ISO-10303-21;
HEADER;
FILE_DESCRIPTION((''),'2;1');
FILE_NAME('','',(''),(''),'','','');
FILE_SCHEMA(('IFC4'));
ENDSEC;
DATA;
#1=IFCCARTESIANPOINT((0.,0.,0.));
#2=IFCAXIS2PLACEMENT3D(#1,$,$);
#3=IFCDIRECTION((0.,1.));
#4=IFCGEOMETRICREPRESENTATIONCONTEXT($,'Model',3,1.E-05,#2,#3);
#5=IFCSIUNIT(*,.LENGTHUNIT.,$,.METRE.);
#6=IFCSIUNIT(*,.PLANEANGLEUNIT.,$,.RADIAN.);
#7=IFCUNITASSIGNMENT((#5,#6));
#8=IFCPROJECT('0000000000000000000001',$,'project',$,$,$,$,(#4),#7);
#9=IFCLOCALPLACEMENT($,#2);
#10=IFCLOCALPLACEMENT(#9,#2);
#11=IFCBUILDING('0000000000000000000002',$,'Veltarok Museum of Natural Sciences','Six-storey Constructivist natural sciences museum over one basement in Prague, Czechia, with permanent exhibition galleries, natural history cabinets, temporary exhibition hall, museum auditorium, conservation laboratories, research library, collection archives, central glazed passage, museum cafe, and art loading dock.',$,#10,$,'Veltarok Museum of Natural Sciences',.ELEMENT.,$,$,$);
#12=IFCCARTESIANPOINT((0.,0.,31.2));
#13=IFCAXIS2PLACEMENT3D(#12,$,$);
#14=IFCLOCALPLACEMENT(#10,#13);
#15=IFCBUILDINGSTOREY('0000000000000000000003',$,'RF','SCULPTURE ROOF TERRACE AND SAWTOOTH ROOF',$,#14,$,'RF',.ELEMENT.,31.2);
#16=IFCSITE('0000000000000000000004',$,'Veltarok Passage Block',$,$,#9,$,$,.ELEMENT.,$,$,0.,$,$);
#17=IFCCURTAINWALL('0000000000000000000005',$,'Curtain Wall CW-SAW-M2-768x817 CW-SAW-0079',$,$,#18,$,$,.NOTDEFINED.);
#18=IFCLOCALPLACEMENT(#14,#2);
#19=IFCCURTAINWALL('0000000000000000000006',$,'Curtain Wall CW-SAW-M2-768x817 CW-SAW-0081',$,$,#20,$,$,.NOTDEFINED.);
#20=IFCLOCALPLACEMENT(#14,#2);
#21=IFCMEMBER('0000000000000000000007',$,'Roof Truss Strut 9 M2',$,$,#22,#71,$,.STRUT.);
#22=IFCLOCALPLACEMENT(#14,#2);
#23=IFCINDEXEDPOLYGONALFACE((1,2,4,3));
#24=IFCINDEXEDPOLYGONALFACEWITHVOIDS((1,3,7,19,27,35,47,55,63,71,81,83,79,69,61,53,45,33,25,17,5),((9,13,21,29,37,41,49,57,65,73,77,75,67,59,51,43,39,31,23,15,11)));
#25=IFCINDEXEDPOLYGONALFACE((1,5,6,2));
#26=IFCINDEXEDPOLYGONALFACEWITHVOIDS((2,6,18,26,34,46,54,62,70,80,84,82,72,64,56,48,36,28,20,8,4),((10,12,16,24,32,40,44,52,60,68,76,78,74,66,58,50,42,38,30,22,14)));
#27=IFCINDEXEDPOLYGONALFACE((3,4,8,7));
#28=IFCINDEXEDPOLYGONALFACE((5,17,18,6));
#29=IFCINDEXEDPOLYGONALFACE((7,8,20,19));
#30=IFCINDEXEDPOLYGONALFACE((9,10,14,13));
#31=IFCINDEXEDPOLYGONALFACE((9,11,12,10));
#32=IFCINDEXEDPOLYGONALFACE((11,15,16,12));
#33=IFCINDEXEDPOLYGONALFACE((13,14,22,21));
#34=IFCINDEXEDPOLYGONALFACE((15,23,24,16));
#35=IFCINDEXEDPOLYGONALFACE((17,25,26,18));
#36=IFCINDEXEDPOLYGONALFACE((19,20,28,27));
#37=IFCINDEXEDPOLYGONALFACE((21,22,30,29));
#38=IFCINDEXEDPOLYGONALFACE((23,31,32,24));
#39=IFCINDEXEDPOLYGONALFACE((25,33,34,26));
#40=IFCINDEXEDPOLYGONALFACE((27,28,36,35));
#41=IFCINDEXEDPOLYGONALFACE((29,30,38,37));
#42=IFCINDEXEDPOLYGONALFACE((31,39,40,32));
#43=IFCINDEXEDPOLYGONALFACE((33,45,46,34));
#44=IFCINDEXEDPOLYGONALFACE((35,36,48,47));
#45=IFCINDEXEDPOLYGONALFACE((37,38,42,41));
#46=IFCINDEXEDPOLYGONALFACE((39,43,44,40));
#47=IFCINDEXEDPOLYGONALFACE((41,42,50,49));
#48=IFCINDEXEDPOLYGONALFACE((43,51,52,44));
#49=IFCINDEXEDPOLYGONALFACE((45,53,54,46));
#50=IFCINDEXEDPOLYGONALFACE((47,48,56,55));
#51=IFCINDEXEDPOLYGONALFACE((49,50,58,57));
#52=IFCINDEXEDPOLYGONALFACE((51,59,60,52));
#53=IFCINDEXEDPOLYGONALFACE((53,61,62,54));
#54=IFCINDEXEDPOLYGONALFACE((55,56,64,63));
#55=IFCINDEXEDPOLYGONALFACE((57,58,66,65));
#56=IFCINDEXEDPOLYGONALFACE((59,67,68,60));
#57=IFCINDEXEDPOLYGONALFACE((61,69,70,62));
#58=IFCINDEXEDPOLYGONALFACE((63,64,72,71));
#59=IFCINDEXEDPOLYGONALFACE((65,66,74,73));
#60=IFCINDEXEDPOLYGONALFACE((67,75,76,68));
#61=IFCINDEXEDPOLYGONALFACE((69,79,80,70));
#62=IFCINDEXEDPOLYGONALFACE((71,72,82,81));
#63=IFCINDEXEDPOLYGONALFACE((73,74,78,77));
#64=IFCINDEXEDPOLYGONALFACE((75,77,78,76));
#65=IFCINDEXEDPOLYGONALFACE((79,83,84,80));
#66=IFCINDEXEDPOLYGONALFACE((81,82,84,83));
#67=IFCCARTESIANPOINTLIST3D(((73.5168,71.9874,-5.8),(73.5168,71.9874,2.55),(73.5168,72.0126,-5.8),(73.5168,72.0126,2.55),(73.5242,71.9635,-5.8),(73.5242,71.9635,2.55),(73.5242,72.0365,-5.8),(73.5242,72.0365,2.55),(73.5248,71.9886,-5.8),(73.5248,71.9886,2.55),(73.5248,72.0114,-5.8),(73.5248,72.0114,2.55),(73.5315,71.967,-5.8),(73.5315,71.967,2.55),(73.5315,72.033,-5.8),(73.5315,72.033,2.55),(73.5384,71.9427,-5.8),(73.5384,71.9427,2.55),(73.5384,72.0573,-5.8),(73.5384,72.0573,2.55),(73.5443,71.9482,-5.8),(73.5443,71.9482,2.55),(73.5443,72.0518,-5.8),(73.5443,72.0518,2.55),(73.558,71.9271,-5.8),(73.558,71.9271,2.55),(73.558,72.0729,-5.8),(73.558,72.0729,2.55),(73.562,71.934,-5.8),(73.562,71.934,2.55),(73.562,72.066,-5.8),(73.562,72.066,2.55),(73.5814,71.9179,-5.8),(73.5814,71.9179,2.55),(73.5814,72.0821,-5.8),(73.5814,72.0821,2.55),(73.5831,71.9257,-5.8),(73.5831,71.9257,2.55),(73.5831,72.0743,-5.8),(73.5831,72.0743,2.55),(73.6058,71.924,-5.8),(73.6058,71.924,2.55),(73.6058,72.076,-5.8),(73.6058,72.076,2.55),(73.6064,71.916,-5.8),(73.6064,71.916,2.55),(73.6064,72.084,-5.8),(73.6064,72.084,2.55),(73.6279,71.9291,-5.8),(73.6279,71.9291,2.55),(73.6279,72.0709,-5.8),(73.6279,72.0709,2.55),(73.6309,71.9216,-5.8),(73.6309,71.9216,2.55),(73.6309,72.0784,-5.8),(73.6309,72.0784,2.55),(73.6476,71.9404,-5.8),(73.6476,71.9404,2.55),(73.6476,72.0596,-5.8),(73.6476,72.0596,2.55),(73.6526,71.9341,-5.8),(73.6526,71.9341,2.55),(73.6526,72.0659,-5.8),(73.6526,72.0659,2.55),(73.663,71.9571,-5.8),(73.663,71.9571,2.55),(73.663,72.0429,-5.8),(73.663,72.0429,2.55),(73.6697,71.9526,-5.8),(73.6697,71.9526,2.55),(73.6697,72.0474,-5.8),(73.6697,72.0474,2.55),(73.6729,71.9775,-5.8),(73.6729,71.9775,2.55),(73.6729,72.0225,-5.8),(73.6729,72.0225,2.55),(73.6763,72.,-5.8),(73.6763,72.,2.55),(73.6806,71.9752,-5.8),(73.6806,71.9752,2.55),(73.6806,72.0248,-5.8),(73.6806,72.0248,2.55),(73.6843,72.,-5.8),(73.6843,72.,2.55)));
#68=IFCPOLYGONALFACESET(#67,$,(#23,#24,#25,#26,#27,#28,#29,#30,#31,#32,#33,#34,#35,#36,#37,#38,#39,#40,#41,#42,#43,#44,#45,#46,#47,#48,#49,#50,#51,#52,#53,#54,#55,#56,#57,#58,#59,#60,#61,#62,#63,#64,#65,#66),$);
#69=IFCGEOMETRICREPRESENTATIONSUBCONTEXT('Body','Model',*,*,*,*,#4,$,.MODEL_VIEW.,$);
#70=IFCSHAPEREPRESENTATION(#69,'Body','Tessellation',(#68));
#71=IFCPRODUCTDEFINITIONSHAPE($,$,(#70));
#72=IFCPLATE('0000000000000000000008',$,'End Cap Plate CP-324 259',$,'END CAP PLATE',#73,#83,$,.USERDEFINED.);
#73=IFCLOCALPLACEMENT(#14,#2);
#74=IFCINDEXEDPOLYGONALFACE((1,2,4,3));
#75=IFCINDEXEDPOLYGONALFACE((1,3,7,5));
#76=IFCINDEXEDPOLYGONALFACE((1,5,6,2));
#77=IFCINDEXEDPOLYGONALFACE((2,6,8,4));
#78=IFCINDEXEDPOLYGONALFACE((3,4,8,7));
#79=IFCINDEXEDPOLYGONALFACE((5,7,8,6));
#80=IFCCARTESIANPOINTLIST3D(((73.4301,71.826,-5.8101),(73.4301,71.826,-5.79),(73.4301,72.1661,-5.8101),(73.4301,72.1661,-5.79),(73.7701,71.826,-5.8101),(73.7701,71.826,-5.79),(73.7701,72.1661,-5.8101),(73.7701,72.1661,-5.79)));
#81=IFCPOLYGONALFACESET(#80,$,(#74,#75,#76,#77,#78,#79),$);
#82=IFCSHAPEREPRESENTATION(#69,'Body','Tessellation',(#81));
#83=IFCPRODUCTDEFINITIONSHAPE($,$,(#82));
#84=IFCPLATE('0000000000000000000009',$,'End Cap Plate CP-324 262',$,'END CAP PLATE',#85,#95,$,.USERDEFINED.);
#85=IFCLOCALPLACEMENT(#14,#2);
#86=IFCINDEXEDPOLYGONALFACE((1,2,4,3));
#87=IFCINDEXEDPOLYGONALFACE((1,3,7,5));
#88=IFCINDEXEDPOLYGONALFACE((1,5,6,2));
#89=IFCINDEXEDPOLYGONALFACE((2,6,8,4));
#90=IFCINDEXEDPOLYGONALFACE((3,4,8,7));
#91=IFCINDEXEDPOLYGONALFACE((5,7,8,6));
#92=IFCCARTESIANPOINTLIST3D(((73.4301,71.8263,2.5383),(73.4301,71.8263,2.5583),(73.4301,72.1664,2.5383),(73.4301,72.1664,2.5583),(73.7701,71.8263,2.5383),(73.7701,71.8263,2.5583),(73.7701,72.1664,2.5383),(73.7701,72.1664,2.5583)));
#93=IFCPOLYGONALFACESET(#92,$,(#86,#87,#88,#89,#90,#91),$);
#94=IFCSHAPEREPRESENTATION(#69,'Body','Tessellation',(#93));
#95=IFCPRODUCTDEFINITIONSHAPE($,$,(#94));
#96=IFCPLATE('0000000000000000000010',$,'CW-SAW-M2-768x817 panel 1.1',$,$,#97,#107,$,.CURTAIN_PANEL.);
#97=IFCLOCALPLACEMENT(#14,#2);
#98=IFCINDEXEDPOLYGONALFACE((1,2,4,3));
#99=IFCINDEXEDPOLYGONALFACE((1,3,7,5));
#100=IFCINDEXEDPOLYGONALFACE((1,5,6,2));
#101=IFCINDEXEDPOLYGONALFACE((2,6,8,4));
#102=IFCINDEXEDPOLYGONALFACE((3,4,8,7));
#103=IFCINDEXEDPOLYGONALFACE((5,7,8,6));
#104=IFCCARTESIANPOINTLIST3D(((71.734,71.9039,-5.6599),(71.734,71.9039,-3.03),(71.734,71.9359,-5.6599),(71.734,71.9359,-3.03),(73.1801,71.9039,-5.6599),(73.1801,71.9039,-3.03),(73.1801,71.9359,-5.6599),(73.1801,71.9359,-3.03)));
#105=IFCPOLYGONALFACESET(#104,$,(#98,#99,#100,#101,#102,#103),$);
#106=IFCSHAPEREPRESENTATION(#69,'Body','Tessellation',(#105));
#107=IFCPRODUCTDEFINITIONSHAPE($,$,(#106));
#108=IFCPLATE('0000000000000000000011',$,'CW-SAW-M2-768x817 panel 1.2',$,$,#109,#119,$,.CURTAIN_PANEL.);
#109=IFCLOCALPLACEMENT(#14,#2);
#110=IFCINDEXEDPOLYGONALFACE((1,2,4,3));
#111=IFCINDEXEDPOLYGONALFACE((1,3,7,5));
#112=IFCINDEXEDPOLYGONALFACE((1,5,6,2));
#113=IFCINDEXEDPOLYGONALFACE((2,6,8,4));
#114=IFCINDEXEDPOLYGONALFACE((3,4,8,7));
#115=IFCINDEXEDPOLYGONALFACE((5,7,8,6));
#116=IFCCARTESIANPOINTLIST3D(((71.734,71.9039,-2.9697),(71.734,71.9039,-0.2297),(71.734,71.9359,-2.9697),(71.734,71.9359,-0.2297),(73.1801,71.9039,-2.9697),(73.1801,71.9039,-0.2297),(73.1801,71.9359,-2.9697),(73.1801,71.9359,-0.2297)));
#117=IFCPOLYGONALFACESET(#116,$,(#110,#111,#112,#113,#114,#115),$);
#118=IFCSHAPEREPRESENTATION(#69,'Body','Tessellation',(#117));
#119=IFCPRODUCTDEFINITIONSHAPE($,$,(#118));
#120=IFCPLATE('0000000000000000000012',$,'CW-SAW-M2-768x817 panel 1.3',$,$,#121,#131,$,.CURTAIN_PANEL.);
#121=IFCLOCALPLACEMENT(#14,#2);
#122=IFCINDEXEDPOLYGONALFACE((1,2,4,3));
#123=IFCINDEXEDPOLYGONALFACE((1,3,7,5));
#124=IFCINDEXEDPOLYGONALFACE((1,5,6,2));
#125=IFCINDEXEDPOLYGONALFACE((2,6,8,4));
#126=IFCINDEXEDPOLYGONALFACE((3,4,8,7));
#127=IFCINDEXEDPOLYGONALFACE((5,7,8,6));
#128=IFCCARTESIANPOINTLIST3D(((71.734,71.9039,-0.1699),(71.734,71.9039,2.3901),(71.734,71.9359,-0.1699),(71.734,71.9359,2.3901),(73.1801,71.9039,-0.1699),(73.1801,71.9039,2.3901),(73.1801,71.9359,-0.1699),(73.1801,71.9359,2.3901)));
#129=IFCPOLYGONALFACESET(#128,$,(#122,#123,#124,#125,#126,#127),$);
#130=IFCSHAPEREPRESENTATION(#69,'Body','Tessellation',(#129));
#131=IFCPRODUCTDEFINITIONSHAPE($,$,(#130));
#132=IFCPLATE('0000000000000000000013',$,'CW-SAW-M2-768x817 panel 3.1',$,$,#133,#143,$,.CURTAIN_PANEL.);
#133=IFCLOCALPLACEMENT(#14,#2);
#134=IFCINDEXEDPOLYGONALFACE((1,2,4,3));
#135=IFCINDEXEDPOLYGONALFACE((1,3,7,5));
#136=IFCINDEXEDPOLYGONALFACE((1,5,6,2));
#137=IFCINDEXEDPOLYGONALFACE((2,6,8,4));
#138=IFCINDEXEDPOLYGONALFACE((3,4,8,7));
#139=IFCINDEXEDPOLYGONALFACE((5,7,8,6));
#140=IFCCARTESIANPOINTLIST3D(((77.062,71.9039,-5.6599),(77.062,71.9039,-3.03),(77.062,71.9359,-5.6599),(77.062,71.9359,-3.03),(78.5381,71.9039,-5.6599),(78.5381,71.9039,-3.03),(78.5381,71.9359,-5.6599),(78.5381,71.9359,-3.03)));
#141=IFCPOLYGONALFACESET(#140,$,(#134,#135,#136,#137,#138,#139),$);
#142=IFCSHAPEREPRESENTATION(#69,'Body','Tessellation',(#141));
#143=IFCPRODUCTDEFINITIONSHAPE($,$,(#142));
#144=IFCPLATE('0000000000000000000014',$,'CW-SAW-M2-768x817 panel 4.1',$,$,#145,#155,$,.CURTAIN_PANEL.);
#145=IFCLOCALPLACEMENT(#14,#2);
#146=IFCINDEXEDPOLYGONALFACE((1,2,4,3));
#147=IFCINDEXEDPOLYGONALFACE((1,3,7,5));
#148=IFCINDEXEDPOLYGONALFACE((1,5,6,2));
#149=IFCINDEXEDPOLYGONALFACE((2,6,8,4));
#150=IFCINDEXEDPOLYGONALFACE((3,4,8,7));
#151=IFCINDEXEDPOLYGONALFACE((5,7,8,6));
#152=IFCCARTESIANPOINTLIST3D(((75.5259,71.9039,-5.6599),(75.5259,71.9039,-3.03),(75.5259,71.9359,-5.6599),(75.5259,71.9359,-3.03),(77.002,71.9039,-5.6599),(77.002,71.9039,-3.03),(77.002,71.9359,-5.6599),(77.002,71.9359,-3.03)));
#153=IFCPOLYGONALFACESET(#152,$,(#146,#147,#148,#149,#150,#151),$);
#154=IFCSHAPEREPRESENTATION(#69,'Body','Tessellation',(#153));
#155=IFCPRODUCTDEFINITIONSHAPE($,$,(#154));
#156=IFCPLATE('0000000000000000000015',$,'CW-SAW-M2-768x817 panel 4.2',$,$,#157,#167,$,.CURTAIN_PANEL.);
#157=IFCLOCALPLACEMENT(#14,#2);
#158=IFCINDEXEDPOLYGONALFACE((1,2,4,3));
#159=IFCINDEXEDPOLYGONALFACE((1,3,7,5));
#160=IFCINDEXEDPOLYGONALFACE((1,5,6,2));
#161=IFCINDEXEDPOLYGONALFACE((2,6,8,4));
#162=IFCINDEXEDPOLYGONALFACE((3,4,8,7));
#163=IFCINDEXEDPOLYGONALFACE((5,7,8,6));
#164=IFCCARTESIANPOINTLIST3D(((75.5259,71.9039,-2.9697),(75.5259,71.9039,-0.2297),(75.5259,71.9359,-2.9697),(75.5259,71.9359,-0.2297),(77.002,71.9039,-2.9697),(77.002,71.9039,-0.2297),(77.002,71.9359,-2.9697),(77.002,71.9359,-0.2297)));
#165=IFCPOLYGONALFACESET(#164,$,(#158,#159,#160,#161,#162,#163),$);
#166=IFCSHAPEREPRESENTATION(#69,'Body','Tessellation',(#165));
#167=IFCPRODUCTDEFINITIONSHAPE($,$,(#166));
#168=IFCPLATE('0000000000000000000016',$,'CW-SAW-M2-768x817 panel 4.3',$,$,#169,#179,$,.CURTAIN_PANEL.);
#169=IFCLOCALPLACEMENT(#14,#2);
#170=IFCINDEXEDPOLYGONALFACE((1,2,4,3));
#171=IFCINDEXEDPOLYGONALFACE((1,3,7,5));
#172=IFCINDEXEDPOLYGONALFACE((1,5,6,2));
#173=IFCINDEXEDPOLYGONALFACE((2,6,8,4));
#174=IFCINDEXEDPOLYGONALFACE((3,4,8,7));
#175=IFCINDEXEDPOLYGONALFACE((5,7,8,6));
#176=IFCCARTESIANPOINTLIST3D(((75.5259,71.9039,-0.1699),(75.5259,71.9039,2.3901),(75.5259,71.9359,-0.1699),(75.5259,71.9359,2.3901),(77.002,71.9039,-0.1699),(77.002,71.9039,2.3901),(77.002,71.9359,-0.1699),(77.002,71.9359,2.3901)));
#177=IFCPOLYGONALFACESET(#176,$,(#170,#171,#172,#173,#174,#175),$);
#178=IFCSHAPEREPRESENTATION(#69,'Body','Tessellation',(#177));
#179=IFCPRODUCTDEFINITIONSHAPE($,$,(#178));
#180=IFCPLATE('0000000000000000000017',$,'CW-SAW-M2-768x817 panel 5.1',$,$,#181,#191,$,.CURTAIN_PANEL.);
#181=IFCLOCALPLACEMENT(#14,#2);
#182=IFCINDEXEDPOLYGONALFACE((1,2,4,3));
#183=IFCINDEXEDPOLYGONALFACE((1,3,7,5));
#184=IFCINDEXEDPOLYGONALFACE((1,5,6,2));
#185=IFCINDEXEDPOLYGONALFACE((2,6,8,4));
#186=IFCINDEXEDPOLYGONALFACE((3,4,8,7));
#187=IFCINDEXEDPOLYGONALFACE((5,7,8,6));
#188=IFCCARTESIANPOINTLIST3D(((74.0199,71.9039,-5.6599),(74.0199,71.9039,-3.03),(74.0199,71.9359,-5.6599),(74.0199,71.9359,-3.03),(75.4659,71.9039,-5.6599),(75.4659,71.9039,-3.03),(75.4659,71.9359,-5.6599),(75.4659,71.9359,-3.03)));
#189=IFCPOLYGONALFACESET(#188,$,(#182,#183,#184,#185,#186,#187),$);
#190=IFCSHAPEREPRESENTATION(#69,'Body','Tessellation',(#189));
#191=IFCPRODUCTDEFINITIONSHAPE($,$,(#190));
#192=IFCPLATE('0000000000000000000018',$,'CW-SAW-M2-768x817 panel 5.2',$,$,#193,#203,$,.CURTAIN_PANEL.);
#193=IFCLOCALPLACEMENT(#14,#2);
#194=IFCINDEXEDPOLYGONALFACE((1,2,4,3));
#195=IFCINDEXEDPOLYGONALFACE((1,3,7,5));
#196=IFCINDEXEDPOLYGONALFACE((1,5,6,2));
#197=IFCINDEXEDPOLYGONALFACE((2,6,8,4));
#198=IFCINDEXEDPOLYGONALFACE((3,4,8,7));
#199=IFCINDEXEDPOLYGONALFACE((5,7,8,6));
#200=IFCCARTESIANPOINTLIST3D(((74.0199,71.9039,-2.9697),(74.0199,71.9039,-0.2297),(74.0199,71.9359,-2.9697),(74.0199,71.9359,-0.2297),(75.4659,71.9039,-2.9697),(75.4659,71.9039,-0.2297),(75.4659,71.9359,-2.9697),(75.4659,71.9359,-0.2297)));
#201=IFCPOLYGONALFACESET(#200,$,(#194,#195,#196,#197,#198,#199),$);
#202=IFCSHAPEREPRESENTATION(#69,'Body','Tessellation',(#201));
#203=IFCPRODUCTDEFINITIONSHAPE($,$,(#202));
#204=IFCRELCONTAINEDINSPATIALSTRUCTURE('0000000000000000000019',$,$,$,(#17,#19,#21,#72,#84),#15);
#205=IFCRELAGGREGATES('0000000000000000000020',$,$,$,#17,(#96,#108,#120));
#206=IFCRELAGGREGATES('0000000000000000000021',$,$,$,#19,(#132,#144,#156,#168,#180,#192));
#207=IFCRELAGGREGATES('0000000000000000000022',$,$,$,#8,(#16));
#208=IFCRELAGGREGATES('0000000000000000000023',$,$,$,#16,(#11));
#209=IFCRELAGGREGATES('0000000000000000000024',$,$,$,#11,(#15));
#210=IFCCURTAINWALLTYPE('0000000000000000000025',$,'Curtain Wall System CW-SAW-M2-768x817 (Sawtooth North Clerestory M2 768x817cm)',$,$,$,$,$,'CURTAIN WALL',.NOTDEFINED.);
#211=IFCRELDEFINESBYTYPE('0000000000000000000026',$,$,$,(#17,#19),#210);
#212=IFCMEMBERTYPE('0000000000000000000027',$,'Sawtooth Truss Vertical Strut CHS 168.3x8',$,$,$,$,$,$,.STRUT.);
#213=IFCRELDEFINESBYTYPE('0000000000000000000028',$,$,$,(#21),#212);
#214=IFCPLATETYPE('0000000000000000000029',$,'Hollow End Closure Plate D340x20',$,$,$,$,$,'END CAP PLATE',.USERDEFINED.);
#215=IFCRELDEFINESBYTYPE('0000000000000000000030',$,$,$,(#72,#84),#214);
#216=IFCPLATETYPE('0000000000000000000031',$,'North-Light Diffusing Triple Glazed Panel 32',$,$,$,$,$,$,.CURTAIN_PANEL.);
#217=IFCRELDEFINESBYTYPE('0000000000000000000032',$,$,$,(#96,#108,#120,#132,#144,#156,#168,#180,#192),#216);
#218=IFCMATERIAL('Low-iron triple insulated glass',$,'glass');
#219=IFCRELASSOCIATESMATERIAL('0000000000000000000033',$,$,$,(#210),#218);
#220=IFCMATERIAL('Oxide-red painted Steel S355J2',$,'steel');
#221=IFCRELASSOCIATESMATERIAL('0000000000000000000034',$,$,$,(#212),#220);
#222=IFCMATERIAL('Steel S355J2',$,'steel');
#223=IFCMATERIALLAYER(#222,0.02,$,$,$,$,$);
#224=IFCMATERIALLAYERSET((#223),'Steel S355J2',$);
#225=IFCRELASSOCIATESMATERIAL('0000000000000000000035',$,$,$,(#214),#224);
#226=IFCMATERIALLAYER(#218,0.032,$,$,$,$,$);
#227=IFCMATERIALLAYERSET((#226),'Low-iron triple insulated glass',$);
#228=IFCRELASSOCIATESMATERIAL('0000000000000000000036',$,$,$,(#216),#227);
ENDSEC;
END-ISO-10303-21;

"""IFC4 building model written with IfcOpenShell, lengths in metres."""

from ifc_helpers import new_model, si_unit, direction, frame, origin, origin_2d, place, context, subcontext, project, spatial, rectangle, hollow_circle, extrude, material, layer, layer_set, material_profile, profile_set, type_object, element, aggregate, save


model = new_model("IFC4")

# Units and contexts
model_context = context("Model", 3, precision=1e-05, world=origin(), true_north=direction((0.0, 1.0)))
body_context = subcontext(model_context, "Body", "Model", "MODEL_VIEW")
ifc_project = project(units=[si_unit("LENGTHUNIT", "METRE"), si_unit("PLANEANGLEUNIT", "RADIAN")], contexts=[model_context])

# Site, building, storey
site_placement = place(None, origin())
site = spatial("IfcSite", under=ifc_project, at=site_placement, Name="Veltarok Passage Block", CompositionType="ELEMENT", RefElevation=0.0)
building_placement = place(site_placement, origin())
building = spatial("IfcBuilding", under=site, at=building_placement, Name="Veltarok Museum of Natural Sciences", Description="Six-storey Constructivist natural sciences museum over one basement in Prague, Czechia, with permanent exhibition galleries, natural history cabinets, temporary exhibition hall, museum auditorium, conservation laboratories, research library, collection archives, central glazed passage, museum cafe, and art loading dock.", LongName="Veltarok Museum of Natural Sciences", CompositionType="ELEMENT")
storey_placement = place(building_placement, frame((0.0, 0.0, 31.2)))
storey = spatial("IfcBuildingStorey", under=building, at=storey_placement, Name="RF", Description="SCULPTURE ROOF TERRACE AND SAWTOOTH ROOF", LongName="RF", CompositionType="ELEMENT", Elevation=31.2)

# Shared definitions
ifc_material_1 = material(Name="Steel S355J2", Category="steel")

# Curtain walls
ifc_material_2 = material(Name="Low-iron triple insulated glass", Category="glass")
curtain_wall_type = type_object("IfcCurtainWallType", Name="Curtain Wall System CW-SAW-M2-768x817 (Sawtooth North Clerestory M2 768x817cm)", ElementType="CURTAIN WALL", PredefinedType="NOTDEFINED", material=ifc_material_2)
curtain_wall_1_placement = place(storey_placement, origin())
curtain_wall_1 = element("IfcCurtainWall", 1, at=curtain_wall_1_placement, inside=storey, type_object=curtain_wall_type, Name="Curtain Wall CW-SAW-M2-768x817 CW-SAW-0079", PredefinedType="NOTDEFINED")
curtain_wall_2_placement = place(storey_placement, origin())
curtain_wall_2 = element("IfcCurtainWall", 2, at=curtain_wall_2_placement, inside=storey, type_object=curtain_wall_type, Name="Curtain Wall CW-SAW-M2-768x817 CW-SAW-0081", PredefinedType="NOTDEFINED")

# Member
ifc_material_3 = material(Name="Oxide-red painted Steel S355J2", Category="steel")
ifc_material_profile_1 = material_profile(ifc_material_3, hollow_circle(Radius=0.0842, WallThickness=0.0081, at=origin_2d()), Name="CHS 168.3x8")
ifc_profile_set_1 = profile_set([ifc_material_profile_1], Name="Oxide-red painted Steel S355J2")
member_type_1 = type_object("IfcMemberType", Name="Sawtooth Truss Vertical Strut CHS 168.3x8", PredefinedType="STRUT", material=ifc_profile_set_1)
member_1_placement = place(storey_placement, frame((73.6001, 72.0, -5.8), z_axis=(0.0, 0.0, 1.0), x_axis=(1.0, 0.0, 0.0)))
element("IfcMember", 3, at=member_1_placement, inside=storey, type_object=member_type_1, Name="Roof Truss Strut 9 M2", PredefinedType="STRUT", context=body_context, shape_type="SweptSolid", body=[
    extrude(hollow_circle(Radius=0.0842, WallThickness=0.0081, at=origin_2d()), origin(), (0.0, 0.0, 1.0), 8.3501),
])

# Plates
ifc_layer_1 = layer(ifc_material_1, 0.02)
ifc_layer_set_1 = layer_set([ifc_layer_1], Name="Steel S355J2")
plate_type_1 = type_object("IfcPlateType", Name="Hollow End Closure Plate D340x20", ElementType="END CAP PLATE", PredefinedType="USERDEFINED", material=ifc_layer_set_1)
for number, where, z_axis, x_axis, name in (
    (4, (73.6001, 71.9961, -5.8101), (0.0, 0.0, 1.0), (0.0, 1.0, 0.0), "End Cap Plate CP-324 259"),
    (5, (73.6001, 71.9963, 2.5383), (0.0, 0.0, 1.0), (0.0, 1.0, 0.0), "End Cap Plate CP-324 262"),
):
    element("IfcPlate", number, at=place(storey_placement, frame(where, z_axis=z_axis, x_axis=x_axis)), inside=storey, type_object=plate_type_1, Name=name, ObjectType="END CAP PLATE", PredefinedType="USERDEFINED", context=body_context, shape_type="SweptSolid", body=[
        extrude(rectangle(XDim=0.3401, YDim=0.3401, at=origin_2d()), origin(), (0.0, 0.0, 1.0), 0.02),
    ])

# Plates
ifc_layer_2 = layer(ifc_material_2, 0.032)
ifc_layer_set_2 = layer_set([ifc_layer_2], Name="Low-iron triple insulated glass")
plate_type_2 = type_object("IfcPlateType", Name="North-Light Diffusing Triple Glazed Panel 32", PredefinedType="CURTAIN_PANEL", material=ifc_layer_set_2)
plate_1_placement = place(storey_placement, frame((72.457, 71.9199, -5.6599), z_axis=(0.0, 0.0, 1.0), x_axis=(-1.0, 0.0, 0.0)))
plate_1 = element("IfcPlate", 6, at=plate_1_placement, type_object=plate_type_2, Name="CW-SAW-M2-768x817 panel 1.1", PredefinedType="CURTAIN_PANEL", context=body_context, shape_type="SweptSolid", body=[
    extrude(rectangle(XDim=1.446, YDim=0.032, at=origin_2d()), origin(), (0.0, 0.0, 1.0), 2.6299),
])
plate_2_placement = place(storey_placement, frame((72.457, 71.9199, -2.9697), z_axis=(0.0, 0.0, 1.0), x_axis=(-1.0, 0.0, 0.0)))
plate_2 = element("IfcPlate", 7, at=plate_2_placement, type_object=plate_type_2, Name="CW-SAW-M2-768x817 panel 1.2", PredefinedType="CURTAIN_PANEL", context=body_context, shape_type="SweptSolid", body=[
    extrude(rectangle(XDim=1.446, YDim=0.032, at=origin_2d()), origin(), (0.0, 0.0, 1.0), 2.74),
])
plate_3_placement = place(storey_placement, frame((72.457, 71.9199, -0.1699), z_axis=(0.0, 0.0, 1.0), x_axis=(-1.0, 0.0, 0.0)))
plate_3 = element("IfcPlate", 8, at=plate_3_placement, type_object=plate_type_2, Name="CW-SAW-M2-768x817 panel 1.3", PredefinedType="CURTAIN_PANEL", context=body_context, shape_type="SweptSolid", body=[
    extrude(rectangle(XDim=1.446, YDim=0.032, at=origin_2d()), origin(), (0.0, 0.0, 1.0), 2.5601),
])
aggregate(curtain_wall_1, [plate_1, plate_2, plate_3])
plate_4_placement = place(storey_placement, frame((77.8, 71.9199, -5.6599), z_axis=(0.0, 0.0, 1.0), x_axis=(-1.0, 0.0, 0.0)))
plate_4 = element("IfcPlate", 9, at=plate_4_placement, type_object=plate_type_2, Name="CW-SAW-M2-768x817 panel 3.1", PredefinedType="CURTAIN_PANEL", context=body_context, shape_type="SweptSolid", body=[
    extrude(rectangle(XDim=1.4761, YDim=0.032, at=origin_2d()), origin(), (0.0, 0.0, 1.0), 2.6299),
])
plate_5_placement = place(storey_placement, frame((76.2639, 71.9199, -5.6599), z_axis=(0.0, 0.0, 1.0), x_axis=(-1.0, 0.0, 0.0)))
plate_5 = element("IfcPlate", 10, at=plate_5_placement, type_object=plate_type_2, Name="CW-SAW-M2-768x817 panel 4.1", PredefinedType="CURTAIN_PANEL", context=body_context, shape_type="SweptSolid", body=[
    extrude(rectangle(XDim=1.4761, YDim=0.032, at=origin_2d()), origin(), (0.0, 0.0, 1.0), 2.6299),
])
plate_6_placement = place(storey_placement, frame((76.2639, 71.9199, -2.9697), z_axis=(0.0, 0.0, 1.0), x_axis=(-1.0, 0.0, 0.0)))
plate_6 = element("IfcPlate", 11, at=plate_6_placement, type_object=plate_type_2, Name="CW-SAW-M2-768x817 panel 4.2", PredefinedType="CURTAIN_PANEL", context=body_context, shape_type="SweptSolid", body=[
    extrude(rectangle(XDim=1.4761, YDim=0.032, at=origin_2d()), origin(), (0.0, 0.0, 1.0), 2.74),
])
plate_7_placement = place(storey_placement, frame((76.2639, 71.9199, -0.1699), z_axis=(0.0, 0.0, 1.0), x_axis=(-1.0, 0.0, 0.0)))
plate_7 = element("IfcPlate", 12, at=plate_7_placement, type_object=plate_type_2, Name="CW-SAW-M2-768x817 panel 4.3", PredefinedType="CURTAIN_PANEL", context=body_context, shape_type="SweptSolid", body=[
    extrude(rectangle(XDim=1.4761, YDim=0.032, at=origin_2d()), origin(), (0.0, 0.0, 1.0), 2.5601),
])
plate_8_placement = place(storey_placement, frame((74.7429, 71.9199, -5.6599), z_axis=(0.0, 0.0, 1.0), x_axis=(-1.0, 0.0, 0.0)))
plate_8 = element("IfcPlate", 13, at=plate_8_placement, type_object=plate_type_2, Name="CW-SAW-M2-768x817 panel 5.1", PredefinedType="CURTAIN_PANEL", context=body_context, shape_type="SweptSolid", body=[
    extrude(rectangle(XDim=1.446, YDim=0.032, at=origin_2d()), origin(), (0.0, 0.0, 1.0), 2.6299),
])
plate_9_placement = place(storey_placement, frame((74.7429, 71.9199, -2.9697), z_axis=(0.0, 0.0, 1.0), x_axis=(-1.0, 0.0, 0.0)))
plate_9 = element("IfcPlate", 14, at=plate_9_placement, type_object=plate_type_2, Name="CW-SAW-M2-768x817 panel 5.2", PredefinedType="CURTAIN_PANEL", context=body_context, shape_type="SweptSolid", body=[
    extrude(rectangle(XDim=1.446, YDim=0.032, at=origin_2d()), origin(), (0.0, 0.0, 1.0), 2.74),
])
aggregate(curtain_wall_2, [plate_4, plate_5, plate_6, plate_7, plate_8, plate_9])

save(model, "model.ifc")
